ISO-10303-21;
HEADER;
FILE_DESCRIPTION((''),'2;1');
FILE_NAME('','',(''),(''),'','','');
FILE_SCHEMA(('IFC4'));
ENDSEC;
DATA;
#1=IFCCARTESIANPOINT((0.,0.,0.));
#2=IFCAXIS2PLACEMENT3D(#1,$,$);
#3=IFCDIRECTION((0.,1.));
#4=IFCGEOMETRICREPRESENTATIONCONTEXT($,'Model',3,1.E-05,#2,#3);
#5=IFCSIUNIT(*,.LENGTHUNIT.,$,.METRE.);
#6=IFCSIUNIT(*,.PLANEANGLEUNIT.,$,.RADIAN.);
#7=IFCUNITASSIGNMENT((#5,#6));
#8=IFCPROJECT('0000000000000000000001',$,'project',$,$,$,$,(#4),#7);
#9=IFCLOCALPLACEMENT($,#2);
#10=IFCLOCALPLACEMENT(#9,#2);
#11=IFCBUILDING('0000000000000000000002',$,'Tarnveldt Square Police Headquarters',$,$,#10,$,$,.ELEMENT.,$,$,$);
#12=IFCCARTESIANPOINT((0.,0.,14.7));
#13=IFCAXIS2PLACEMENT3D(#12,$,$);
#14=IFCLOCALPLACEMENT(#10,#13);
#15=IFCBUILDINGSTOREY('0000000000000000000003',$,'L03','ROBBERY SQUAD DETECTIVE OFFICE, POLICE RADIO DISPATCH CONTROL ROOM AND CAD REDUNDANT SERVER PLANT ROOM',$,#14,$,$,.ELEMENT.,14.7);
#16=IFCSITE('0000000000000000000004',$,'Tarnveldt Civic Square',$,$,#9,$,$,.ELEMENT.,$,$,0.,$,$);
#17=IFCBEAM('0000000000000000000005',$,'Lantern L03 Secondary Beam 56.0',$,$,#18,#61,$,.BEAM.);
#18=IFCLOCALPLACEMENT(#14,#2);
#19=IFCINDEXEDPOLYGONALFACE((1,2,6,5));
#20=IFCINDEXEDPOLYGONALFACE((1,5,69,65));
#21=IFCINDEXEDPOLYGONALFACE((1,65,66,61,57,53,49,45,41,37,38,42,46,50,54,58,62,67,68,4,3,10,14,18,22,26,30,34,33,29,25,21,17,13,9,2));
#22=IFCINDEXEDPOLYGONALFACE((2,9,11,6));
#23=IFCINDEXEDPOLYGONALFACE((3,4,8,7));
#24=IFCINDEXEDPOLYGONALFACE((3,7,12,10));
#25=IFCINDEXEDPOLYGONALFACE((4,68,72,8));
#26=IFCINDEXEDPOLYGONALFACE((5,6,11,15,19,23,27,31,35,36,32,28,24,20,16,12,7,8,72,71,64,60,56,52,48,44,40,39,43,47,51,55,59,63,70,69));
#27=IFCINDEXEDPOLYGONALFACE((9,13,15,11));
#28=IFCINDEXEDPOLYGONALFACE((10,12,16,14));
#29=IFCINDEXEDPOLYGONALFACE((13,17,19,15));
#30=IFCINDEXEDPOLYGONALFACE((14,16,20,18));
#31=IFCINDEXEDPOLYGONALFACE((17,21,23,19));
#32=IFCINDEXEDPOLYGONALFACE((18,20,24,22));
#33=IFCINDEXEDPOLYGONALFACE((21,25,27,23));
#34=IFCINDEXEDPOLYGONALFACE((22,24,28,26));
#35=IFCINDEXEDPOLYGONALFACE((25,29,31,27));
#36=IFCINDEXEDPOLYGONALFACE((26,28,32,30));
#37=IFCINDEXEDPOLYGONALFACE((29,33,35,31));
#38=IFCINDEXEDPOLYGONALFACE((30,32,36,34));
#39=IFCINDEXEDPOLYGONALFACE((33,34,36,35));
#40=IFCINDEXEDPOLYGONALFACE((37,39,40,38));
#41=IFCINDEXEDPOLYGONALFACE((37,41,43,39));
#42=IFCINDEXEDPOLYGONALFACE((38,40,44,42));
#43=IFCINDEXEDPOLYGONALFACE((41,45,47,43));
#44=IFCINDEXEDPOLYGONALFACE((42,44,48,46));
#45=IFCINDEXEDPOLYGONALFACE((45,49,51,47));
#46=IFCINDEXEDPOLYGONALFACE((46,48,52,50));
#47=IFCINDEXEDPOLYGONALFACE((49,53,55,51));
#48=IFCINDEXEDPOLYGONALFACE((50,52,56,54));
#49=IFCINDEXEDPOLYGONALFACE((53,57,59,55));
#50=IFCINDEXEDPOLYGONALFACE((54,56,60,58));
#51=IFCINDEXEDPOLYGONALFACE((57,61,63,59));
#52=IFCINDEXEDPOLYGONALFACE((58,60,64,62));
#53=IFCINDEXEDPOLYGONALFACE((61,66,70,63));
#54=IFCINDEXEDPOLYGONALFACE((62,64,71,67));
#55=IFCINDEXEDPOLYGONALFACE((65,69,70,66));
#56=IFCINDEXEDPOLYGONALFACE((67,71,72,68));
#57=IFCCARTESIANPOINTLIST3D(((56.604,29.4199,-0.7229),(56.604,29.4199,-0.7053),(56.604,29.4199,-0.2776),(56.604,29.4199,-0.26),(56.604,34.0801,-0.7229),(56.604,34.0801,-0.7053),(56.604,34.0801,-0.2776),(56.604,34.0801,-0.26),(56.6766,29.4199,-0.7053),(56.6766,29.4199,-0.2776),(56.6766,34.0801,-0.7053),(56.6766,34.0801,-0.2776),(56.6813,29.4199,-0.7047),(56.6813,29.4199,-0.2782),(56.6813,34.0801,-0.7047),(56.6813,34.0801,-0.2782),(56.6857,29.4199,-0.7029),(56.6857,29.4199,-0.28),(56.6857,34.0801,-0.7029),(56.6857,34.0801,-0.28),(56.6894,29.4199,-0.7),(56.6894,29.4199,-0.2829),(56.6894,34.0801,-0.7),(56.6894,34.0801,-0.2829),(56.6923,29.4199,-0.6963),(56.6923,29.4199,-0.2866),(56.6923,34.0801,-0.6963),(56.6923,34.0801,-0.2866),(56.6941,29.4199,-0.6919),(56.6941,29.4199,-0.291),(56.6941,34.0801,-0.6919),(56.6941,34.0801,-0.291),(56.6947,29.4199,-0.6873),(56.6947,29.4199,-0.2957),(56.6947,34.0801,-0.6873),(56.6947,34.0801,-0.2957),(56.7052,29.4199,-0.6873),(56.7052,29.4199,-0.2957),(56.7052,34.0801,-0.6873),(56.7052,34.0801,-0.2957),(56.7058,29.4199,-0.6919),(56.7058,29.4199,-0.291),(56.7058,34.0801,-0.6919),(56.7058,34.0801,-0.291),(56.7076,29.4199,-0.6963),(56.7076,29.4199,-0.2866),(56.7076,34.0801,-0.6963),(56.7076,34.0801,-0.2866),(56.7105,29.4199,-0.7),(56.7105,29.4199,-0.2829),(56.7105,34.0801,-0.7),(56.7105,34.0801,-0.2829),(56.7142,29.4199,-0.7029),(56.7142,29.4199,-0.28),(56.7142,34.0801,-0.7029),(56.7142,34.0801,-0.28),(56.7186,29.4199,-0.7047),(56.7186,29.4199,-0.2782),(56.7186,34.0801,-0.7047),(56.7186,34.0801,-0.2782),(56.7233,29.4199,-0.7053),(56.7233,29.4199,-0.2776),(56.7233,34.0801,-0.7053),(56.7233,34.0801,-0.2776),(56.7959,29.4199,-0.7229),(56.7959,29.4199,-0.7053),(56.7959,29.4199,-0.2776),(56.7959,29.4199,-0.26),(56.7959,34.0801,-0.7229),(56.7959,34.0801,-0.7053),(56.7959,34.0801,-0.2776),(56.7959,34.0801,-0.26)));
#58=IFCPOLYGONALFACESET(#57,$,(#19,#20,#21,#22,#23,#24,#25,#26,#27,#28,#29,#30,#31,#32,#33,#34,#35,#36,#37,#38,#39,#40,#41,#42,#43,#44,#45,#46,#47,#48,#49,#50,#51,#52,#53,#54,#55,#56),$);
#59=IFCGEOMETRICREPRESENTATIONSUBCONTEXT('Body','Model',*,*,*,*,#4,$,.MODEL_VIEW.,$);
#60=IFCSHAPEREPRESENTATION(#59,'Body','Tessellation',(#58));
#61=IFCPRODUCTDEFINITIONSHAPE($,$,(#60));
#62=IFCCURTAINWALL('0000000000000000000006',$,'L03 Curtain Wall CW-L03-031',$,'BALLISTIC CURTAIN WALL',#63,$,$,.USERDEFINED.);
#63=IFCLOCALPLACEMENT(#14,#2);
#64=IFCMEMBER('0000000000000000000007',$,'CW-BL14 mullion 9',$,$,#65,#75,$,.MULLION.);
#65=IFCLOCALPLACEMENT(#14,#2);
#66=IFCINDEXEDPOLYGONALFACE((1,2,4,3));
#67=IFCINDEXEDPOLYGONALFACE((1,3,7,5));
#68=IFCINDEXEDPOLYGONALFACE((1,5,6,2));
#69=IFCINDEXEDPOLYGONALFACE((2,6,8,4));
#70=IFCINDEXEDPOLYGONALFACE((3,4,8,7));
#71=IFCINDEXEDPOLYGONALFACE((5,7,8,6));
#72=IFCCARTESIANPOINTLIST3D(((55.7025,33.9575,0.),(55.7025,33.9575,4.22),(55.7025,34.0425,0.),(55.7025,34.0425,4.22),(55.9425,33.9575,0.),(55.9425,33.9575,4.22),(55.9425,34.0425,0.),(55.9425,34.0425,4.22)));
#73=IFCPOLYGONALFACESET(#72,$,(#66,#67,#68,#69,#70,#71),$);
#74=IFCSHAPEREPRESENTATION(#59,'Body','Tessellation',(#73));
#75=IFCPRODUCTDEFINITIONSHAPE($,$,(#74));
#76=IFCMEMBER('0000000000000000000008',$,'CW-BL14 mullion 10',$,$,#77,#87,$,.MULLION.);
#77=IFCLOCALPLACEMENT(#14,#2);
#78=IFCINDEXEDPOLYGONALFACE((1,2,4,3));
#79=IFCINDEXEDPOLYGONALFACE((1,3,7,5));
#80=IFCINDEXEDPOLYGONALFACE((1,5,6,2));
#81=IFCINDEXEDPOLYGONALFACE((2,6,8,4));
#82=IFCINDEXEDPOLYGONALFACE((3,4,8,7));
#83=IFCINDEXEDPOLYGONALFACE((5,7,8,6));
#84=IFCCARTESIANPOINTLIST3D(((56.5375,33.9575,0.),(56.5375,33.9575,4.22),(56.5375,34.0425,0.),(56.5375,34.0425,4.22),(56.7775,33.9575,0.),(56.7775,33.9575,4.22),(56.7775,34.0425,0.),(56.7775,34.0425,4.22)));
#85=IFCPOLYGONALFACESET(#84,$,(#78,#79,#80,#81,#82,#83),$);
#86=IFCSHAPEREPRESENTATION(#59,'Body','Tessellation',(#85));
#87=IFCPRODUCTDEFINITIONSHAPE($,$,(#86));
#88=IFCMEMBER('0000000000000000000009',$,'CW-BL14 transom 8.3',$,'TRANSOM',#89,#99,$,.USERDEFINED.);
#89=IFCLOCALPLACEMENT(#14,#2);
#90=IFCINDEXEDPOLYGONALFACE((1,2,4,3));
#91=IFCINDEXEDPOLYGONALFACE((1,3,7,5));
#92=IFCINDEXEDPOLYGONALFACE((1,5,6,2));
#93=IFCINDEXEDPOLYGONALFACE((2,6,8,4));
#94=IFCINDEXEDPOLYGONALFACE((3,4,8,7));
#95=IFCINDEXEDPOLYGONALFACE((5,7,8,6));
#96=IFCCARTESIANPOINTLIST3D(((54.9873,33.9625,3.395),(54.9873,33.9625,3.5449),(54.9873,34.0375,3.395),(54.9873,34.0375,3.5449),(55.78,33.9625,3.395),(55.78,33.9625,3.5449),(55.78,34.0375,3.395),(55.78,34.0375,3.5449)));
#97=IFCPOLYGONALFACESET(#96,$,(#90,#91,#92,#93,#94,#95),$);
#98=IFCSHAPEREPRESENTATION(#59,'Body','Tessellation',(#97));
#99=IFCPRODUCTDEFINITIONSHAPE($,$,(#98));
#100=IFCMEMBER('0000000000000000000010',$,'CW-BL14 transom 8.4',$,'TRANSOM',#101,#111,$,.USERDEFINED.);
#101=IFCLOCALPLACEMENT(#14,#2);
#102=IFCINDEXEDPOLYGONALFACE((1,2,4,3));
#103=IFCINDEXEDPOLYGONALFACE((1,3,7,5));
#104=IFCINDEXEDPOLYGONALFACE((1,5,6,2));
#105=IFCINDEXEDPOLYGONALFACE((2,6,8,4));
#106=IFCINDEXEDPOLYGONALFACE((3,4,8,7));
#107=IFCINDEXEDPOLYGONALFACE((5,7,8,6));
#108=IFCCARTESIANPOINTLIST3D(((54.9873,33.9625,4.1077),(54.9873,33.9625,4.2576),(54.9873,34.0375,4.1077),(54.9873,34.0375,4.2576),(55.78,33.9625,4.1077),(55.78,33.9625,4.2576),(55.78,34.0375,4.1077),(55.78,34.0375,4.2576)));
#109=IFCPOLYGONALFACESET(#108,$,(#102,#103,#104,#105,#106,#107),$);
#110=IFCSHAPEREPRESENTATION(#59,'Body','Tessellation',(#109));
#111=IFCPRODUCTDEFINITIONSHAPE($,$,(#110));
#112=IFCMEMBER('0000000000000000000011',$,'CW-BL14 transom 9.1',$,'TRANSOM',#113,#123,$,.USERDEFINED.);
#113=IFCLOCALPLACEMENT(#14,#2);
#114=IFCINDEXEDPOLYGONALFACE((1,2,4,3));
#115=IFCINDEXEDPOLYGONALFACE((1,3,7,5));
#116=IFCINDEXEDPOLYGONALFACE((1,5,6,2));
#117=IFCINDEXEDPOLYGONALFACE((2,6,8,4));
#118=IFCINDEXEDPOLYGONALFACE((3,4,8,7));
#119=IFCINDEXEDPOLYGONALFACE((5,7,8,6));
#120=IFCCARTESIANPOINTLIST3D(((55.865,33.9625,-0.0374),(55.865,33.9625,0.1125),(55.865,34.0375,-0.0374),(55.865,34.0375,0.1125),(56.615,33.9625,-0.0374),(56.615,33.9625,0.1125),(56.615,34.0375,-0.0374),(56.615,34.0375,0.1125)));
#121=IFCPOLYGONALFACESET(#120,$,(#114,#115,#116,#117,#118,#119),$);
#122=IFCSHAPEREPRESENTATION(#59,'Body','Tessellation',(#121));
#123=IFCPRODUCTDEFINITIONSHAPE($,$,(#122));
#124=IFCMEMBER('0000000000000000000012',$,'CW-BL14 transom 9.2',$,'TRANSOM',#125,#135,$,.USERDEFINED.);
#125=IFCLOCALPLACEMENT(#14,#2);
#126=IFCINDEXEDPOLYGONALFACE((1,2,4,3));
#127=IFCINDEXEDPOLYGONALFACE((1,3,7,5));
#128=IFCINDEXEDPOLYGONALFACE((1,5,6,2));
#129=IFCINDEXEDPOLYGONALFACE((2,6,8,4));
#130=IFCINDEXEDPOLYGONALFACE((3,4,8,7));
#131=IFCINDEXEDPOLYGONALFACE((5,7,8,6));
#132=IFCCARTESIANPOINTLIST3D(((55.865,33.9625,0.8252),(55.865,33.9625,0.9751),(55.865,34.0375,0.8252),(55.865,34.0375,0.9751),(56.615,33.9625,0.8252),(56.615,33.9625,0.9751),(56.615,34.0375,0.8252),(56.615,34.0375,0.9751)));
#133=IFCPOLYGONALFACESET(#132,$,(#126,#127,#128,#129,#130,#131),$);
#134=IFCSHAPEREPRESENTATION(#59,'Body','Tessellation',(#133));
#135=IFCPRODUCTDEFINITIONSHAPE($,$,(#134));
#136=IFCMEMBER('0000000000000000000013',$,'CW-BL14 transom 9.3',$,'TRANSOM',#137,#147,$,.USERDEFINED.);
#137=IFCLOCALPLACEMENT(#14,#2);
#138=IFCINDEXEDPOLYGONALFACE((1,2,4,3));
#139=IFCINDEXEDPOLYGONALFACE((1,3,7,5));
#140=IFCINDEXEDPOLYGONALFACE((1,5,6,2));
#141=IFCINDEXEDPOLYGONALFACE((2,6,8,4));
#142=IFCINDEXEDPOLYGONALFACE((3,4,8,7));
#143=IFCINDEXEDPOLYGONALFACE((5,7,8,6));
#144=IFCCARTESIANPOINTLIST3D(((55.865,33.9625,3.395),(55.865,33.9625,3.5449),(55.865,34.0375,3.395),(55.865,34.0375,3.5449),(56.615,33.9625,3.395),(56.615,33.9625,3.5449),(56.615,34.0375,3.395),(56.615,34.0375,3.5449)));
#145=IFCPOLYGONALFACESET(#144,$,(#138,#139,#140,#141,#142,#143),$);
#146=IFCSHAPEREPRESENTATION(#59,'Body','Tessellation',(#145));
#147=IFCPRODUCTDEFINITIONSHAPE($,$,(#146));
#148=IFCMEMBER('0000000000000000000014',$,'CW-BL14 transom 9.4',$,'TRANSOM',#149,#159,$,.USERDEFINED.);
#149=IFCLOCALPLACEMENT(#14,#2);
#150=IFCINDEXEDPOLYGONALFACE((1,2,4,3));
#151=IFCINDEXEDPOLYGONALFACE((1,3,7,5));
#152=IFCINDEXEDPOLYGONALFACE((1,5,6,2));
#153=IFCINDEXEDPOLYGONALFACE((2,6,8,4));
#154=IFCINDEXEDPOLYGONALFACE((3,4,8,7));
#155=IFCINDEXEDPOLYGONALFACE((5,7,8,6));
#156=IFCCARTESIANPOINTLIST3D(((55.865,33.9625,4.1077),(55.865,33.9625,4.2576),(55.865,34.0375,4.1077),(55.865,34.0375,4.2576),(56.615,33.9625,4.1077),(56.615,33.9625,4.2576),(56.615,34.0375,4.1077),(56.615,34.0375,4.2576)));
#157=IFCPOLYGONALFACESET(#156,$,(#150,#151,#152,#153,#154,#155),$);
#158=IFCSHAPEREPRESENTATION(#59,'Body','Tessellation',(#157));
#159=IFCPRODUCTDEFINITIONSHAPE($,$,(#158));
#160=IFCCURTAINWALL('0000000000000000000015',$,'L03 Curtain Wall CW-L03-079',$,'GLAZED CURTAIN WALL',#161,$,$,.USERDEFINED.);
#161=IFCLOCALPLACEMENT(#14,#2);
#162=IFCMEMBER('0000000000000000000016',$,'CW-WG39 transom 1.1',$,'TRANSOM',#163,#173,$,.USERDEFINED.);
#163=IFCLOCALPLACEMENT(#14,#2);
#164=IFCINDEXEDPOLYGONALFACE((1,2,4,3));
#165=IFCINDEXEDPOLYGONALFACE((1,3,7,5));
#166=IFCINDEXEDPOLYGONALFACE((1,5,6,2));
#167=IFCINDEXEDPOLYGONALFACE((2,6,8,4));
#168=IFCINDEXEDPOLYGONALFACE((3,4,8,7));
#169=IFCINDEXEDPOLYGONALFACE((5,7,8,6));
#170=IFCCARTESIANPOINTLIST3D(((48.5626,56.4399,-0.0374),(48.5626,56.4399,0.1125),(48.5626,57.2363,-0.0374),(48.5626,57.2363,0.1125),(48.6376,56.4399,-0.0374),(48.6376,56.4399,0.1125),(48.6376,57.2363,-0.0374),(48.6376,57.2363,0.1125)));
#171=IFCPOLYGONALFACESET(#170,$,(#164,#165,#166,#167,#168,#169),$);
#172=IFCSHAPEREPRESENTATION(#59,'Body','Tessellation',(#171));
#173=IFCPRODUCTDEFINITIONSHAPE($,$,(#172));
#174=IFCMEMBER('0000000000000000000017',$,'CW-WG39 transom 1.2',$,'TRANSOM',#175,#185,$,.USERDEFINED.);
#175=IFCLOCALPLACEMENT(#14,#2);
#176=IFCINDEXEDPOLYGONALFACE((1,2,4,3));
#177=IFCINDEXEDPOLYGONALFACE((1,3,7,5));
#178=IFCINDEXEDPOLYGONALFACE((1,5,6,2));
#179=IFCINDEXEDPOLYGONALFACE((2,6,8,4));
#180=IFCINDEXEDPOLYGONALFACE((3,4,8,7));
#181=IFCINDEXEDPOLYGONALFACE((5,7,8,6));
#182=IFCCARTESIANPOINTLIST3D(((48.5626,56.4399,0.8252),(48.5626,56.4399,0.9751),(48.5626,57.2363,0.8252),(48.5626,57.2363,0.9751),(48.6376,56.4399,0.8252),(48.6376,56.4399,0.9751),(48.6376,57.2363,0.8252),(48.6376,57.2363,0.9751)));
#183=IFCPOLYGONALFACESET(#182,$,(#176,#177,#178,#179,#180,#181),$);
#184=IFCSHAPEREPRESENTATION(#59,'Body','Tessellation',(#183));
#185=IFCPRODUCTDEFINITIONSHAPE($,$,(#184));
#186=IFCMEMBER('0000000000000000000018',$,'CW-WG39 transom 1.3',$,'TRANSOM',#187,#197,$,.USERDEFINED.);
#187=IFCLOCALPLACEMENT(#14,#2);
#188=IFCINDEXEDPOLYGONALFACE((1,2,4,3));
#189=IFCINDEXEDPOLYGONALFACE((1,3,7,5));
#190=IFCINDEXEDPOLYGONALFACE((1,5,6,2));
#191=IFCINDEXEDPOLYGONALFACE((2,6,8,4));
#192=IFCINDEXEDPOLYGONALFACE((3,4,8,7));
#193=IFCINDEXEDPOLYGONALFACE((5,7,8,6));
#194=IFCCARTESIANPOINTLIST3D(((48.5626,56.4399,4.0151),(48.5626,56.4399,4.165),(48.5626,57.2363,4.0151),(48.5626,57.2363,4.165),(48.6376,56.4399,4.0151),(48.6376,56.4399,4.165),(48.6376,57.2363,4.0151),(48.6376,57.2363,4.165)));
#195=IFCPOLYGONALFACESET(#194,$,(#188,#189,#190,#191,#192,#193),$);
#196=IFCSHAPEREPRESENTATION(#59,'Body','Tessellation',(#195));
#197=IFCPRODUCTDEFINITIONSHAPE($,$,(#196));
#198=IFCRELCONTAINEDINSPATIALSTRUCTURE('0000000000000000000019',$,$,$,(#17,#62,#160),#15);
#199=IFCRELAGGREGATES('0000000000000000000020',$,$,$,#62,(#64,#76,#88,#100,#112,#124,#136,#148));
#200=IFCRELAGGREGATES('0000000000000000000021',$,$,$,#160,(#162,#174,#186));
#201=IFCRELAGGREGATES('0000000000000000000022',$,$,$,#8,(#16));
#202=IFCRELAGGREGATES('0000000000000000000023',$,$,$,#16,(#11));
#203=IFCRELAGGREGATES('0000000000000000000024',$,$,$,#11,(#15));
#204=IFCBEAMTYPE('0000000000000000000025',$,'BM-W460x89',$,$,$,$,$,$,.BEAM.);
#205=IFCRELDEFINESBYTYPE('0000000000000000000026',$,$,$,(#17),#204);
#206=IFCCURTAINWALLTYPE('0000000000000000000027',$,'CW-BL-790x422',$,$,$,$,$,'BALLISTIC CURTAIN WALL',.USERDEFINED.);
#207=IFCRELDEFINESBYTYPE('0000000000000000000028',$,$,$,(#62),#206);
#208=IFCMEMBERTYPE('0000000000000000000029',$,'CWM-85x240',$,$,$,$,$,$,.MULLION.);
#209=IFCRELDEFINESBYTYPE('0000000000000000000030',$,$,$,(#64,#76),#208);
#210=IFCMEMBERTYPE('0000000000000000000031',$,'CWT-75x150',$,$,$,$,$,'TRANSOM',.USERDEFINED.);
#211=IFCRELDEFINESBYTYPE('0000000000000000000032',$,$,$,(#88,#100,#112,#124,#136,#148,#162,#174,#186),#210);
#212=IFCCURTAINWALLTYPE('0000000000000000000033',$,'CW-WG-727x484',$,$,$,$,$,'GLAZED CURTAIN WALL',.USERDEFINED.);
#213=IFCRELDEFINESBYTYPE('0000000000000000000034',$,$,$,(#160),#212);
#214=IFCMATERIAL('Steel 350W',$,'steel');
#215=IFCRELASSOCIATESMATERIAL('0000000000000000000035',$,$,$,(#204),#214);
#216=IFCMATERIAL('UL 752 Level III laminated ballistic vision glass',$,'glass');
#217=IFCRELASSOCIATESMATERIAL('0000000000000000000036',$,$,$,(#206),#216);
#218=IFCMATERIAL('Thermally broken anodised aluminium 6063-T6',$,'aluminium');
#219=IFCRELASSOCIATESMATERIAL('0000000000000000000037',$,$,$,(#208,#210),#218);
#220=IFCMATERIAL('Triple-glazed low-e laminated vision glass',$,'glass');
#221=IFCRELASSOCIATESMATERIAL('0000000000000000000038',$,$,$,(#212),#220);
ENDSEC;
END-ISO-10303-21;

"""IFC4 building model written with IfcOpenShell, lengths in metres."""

from ifc_helpers import new_model, si_unit, direction, frame, origin, origin_2d, place, context, subcontext, project, spatial, rectangle, i_section, extrude, material, material_profile, profile_set, type_object, element, aggregate, save


model = new_model("IFC4")

# Units and contexts
model_context = context("Model", 3, precision=1e-05, world=origin(), true_north=direction((0.0, 1.0)))
body_context = subcontext(model_context, "Body", "Model", "MODEL_VIEW")
ifc_project = project(units=[si_unit("LENGTHUNIT", "METRE"), si_unit("PLANEANGLEUNIT", "RADIAN")], contexts=[model_context])

# Site, building, storey
site_placement = place(None, origin())
site = spatial("IfcSite", under=ifc_project, at=site_placement, Name="Tarnveldt Civic Square", CompositionType="ELEMENT", RefElevation=0.0)
building_placement = place(site_placement, origin())
building = spatial("IfcBuilding", under=site, at=building_placement, Name="Tarnveldt Square Police Headquarters", CompositionType="ELEMENT")
storey_placement = place(building_placement, frame((0.0, 0.0, 14.7)))
storey = spatial("IfcBuildingStorey", under=building, at=storey_placement, Name="L03", Description="ROBBERY SQUAD DETECTIVE OFFICE, POLICE RADIO DISPATCH CONTROL ROOM AND CAD REDUNDANT SERVER PLANT ROOM", CompositionType="ELEMENT", Elevation=14.7)

# Beam
ifc_material_1 = material(Name="Steel 350W", Category="steel")
ifc_material_profile_1 = material_profile(ifc_material_1, i_section(OverallWidth=0.1919, OverallDepth=0.4629, WebThickness=0.0105, FlangeThickness=0.0176, FilletRadius=0.0181, at=origin_2d()), Name="W460x89")
ifc_profile_set_1 = profile_set([ifc_material_profile_1], Name="Steel 350W")
beam_type = type_object("IfcBeamType", Name="BM-W460x89", PredefinedType="BEAM", material=ifc_profile_set_1)
beam_placement = place(storey_placement, frame((56.7, 34.0801, -0.4915), z_axis=(0.0, -1.0, 0.0), x_axis=(1.0, 0.0, 0.0)))
element("IfcBeam", 1, at=beam_placement, inside=storey, type_object=beam_type, Name="Lantern L03 Secondary Beam 56.0", PredefinedType="BEAM", context=body_context, shape_type="SweptSolid", body=[
    extrude(i_section(OverallWidth=0.1919, OverallDepth=0.4629, WebThickness=0.0105, FlangeThickness=0.0176, FilletRadius=0.0181, at=origin_2d()), origin(), (0.0, 0.0, 1.0), 4.6602),
])

# Curtain walls, members
ifc_material_2 = material(Name="UL 752 Level III laminated ballistic vision glass", Category="glass")
curtain_wall_type_1 = type_object("IfcCurtainWallType", Name="CW-BL-790x422", ElementType="BALLISTIC CURTAIN WALL", PredefinedType="USERDEFINED", material=ifc_material_2)
curtain_wall_1_placement = place(storey_placement, origin())
curtain_wall_1 = element("IfcCurtainWall", 2, at=curtain_wall_1_placement, inside=storey, type_object=curtain_wall_type_1, Name="L03 Curtain Wall CW-L03-031", ObjectType="BALLISTIC CURTAIN WALL", PredefinedType="USERDEFINED")
ifc_material_3 = material(Name="Thermally broken anodised aluminium 6063-T6", Category="aluminium")
ifc_material_profile_2 = material_profile(ifc_material_3, rectangle(XDim=0.085, YDim=0.24, at=origin_2d()), Name="CW-M85x240")
ifc_profile_set_2 = profile_set([ifc_material_profile_2], Name="Thermally broken anodised aluminium 6063-T6")
member_type_1 = type_object("IfcMemberType", Name="CWM-85x240", PredefinedType="MULLION", material=ifc_profile_set_2)
member_1_placement = place(storey_placement, frame((55.8225, 34.0, 0.0), z_axis=(0.0, 0.0, 1.0), x_axis=(0.0, 1.0, 0.0)))
member_1 = element("IfcMember", 3, at=member_1_placement, type_object=member_type_1, Name="CW-BL14 mullion 9", PredefinedType="MULLION", context=body_context, shape_type="SweptSolid", body=[
    extrude(rectangle(XDim=0.085, YDim=0.24, at=origin_2d()), origin(), (0.0, 0.0, 1.0), 4.22),
])
member_2_placement = place(storey_placement, frame((56.6575, 34.0, 0.0), z_axis=(0.0, 0.0, 1.0), x_axis=(0.0, 1.0, 0.0)))
member_2 = element("IfcMember", 4, at=member_2_placement, type_object=member_type_1, Name="CW-BL14 mullion 10", PredefinedType="MULLION", context=body_context, shape_type="SweptSolid", body=[
    extrude(rectangle(XDim=0.085, YDim=0.24, at=origin_2d()), origin(), (0.0, 0.0, 1.0), 4.22),
])
ifc_material_profile_3 = material_profile(ifc_material_3, rectangle(XDim=0.075, YDim=0.1499, at=origin_2d()), Name="CW-T75x150")
ifc_profile_set_3 = profile_set([ifc_material_profile_3], Name="Thermally broken anodised aluminium 6063-T6")
member_type_2 = type_object("IfcMemberType", Name="CWT-75x150", ElementType="TRANSOM", PredefinedType="USERDEFINED", material=ifc_profile_set_3)
member_3_placement = place(storey_placement, frame((54.9873, 34.0, 3.47), z_axis=(1.0, 0.0, 0.0), x_axis=(0.0, 1.0, 0.0)))
member_3 = element("IfcMember", 5, at=member_3_placement, type_object=member_type_2, Name="CW-BL14 transom 8.3", ObjectType="TRANSOM", PredefinedType="USERDEFINED", context=body_context, shape_type="SweptSolid", body=[
    extrude(rectangle(XDim=0.075, YDim=0.1499, at=origin_2d()), origin(), (0.0, 0.0, 1.0), 0.7927),
])
member_4_placement = place(storey_placement, frame((54.9873, 34.0, 4.1826), z_axis=(1.0, 0.0, 0.0), x_axis=(0.0, 1.0, 0.0)))
member_4 = element("IfcMember", 6, at=member_4_placement, type_object=member_type_2, Name="CW-BL14 transom 8.4", ObjectType="TRANSOM", PredefinedType="USERDEFINED", context=body_context, shape_type="SweptSolid", body=[
    extrude(rectangle(XDim=0.075, YDim=0.1499, at=origin_2d()), origin(), (0.0, 0.0, 1.0), 0.7927),
])
member_5_placement = place(storey_placement, frame((55.865, 34.0, 0.0376), z_axis=(1.0, 0.0, 0.0), x_axis=(0.0, 1.0, 0.0)))
member_5 = element("IfcMember", 7, at=member_5_placement, type_object=member_type_2, Name="CW-BL14 transom 9.1", ObjectType="TRANSOM", PredefinedType="USERDEFINED", context=body_context, shape_type="SweptSolid", body=[
    extrude(rectangle(XDim=0.075, YDim=0.1499, at=origin_2d()), origin(), (0.0, 0.0, 1.0), 0.75),
])
member_6_placement = place(storey_placement, frame((55.865, 34.0, 0.9001), z_axis=(1.0, 0.0, 0.0), x_axis=(0.0, 1.0, 0.0)))
member_6 = element("IfcMember", 8, at=member_6_placement, type_object=member_type_2, Name="CW-BL14 transom 9.2", ObjectType="TRANSOM", PredefinedType="USERDEFINED", context=body_context, shape_type="SweptSolid", body=[
    extrude(rectangle(XDim=0.075, YDim=0.1499, at=origin_2d()), origin(), (0.0, 0.0, 1.0), 0.75),
])
member_7_placement = place(storey_placement, frame((55.865, 34.0, 3.47), z_axis=(1.0, 0.0, 0.0), x_axis=(0.0, 1.0, 0.0)))
member_7 = element("IfcMember", 9, at=member_7_placement, type_object=member_type_2, Name="CW-BL14 transom 9.3", ObjectType="TRANSOM", PredefinedType="USERDEFINED", context=body_context, shape_type="SweptSolid", body=[
    extrude(rectangle(XDim=0.075, YDim=0.1499, at=origin_2d()), origin(), (0.0, 0.0, 1.0), 0.75),
])
member_8_placement = place(storey_placement, frame((55.865, 34.0, 4.1826), z_axis=(1.0, 0.0, 0.0), x_axis=(0.0, 1.0, 0.0)))
member_8 = element("IfcMember", 10, at=member_8_placement, type_object=member_type_2, Name="CW-BL14 transom 9.4", ObjectType="TRANSOM", PredefinedType="USERDEFINED", context=body_context, shape_type="SweptSolid", body=[
    extrude(rectangle(XDim=0.075, YDim=0.1499, at=origin_2d()), origin(), (0.0, 0.0, 1.0), 0.75),
])
ifc_material_4 = material(Name="Triple-glazed low-e laminated vision glass", Category="glass")
curtain_wall_type_2 = type_object("IfcCurtainWallType", Name="CW-WG-727x484", ElementType="GLAZED CURTAIN WALL", PredefinedType="USERDEFINED", material=ifc_material_4)
curtain_wall_2_placement = place(storey_placement, origin())
curtain_wall_2 = element("IfcCurtainWall", 11, at=curtain_wall_2_placement, inside=storey, type_object=curtain_wall_type_2, Name="L03 Curtain Wall CW-L03-079", ObjectType="GLAZED CURTAIN WALL", PredefinedType="USERDEFINED")
member_9_placement = place(storey_placement, frame((48.6001, 56.4399, 0.0376), z_axis=(0.0, 1.0, 0.0), x_axis=(-1.0, 0.0, 0.0)))
member_9 = element("IfcMember", 12, at=member_9_placement, type_object=member_type_2, Name="CW-WG39 transom 1.1", ObjectType="TRANSOM", PredefinedType="USERDEFINED", context=body_context, shape_type="SweptSolid", body=[
    extrude(rectangle(XDim=0.075, YDim=0.1499, at=origin_2d()), origin(), (0.0, 0.0, 1.0), 0.7964),
])
member_10_placement = place(storey_placement, frame((48.6001, 56.4399, 0.9001), z_axis=(0.0, 1.0, 0.0), x_axis=(-1.0, 0.0, 0.0)))
member_10 = element("IfcMember", 13, at=member_10_placement, type_object=member_type_2, Name="CW-WG39 transom 1.2", ObjectType="TRANSOM", PredefinedType="USERDEFINED", context=body_context, shape_type="SweptSolid", body=[
    extrude(rectangle(XDim=0.075, YDim=0.1499, at=origin_2d()), origin(), (0.0, 0.0, 1.0), 0.7964),
])
member_11_placement = place(storey_placement, frame((48.6001, 56.4399, 4.0901), z_axis=(0.0, 1.0, 0.0), x_axis=(-1.0, 0.0, 0.0)))
member_11 = element("IfcMember", 14, at=member_11_placement, type_object=member_type_2, Name="CW-WG39 transom 1.3", ObjectType="TRANSOM", PredefinedType="USERDEFINED", context=body_context, shape_type="SweptSolid", body=[
    extrude(rectangle(XDim=0.075, YDim=0.1499, at=origin_2d()), origin(), (0.0, 0.0, 1.0), 0.7964),
])

aggregate(curtain_wall_1, [member_1, member_2, member_3, member_4, member_5, member_6, member_7, member_8])
aggregate(curtain_wall_2, [member_9, member_10, member_11])

save(model, "model.ifc")
